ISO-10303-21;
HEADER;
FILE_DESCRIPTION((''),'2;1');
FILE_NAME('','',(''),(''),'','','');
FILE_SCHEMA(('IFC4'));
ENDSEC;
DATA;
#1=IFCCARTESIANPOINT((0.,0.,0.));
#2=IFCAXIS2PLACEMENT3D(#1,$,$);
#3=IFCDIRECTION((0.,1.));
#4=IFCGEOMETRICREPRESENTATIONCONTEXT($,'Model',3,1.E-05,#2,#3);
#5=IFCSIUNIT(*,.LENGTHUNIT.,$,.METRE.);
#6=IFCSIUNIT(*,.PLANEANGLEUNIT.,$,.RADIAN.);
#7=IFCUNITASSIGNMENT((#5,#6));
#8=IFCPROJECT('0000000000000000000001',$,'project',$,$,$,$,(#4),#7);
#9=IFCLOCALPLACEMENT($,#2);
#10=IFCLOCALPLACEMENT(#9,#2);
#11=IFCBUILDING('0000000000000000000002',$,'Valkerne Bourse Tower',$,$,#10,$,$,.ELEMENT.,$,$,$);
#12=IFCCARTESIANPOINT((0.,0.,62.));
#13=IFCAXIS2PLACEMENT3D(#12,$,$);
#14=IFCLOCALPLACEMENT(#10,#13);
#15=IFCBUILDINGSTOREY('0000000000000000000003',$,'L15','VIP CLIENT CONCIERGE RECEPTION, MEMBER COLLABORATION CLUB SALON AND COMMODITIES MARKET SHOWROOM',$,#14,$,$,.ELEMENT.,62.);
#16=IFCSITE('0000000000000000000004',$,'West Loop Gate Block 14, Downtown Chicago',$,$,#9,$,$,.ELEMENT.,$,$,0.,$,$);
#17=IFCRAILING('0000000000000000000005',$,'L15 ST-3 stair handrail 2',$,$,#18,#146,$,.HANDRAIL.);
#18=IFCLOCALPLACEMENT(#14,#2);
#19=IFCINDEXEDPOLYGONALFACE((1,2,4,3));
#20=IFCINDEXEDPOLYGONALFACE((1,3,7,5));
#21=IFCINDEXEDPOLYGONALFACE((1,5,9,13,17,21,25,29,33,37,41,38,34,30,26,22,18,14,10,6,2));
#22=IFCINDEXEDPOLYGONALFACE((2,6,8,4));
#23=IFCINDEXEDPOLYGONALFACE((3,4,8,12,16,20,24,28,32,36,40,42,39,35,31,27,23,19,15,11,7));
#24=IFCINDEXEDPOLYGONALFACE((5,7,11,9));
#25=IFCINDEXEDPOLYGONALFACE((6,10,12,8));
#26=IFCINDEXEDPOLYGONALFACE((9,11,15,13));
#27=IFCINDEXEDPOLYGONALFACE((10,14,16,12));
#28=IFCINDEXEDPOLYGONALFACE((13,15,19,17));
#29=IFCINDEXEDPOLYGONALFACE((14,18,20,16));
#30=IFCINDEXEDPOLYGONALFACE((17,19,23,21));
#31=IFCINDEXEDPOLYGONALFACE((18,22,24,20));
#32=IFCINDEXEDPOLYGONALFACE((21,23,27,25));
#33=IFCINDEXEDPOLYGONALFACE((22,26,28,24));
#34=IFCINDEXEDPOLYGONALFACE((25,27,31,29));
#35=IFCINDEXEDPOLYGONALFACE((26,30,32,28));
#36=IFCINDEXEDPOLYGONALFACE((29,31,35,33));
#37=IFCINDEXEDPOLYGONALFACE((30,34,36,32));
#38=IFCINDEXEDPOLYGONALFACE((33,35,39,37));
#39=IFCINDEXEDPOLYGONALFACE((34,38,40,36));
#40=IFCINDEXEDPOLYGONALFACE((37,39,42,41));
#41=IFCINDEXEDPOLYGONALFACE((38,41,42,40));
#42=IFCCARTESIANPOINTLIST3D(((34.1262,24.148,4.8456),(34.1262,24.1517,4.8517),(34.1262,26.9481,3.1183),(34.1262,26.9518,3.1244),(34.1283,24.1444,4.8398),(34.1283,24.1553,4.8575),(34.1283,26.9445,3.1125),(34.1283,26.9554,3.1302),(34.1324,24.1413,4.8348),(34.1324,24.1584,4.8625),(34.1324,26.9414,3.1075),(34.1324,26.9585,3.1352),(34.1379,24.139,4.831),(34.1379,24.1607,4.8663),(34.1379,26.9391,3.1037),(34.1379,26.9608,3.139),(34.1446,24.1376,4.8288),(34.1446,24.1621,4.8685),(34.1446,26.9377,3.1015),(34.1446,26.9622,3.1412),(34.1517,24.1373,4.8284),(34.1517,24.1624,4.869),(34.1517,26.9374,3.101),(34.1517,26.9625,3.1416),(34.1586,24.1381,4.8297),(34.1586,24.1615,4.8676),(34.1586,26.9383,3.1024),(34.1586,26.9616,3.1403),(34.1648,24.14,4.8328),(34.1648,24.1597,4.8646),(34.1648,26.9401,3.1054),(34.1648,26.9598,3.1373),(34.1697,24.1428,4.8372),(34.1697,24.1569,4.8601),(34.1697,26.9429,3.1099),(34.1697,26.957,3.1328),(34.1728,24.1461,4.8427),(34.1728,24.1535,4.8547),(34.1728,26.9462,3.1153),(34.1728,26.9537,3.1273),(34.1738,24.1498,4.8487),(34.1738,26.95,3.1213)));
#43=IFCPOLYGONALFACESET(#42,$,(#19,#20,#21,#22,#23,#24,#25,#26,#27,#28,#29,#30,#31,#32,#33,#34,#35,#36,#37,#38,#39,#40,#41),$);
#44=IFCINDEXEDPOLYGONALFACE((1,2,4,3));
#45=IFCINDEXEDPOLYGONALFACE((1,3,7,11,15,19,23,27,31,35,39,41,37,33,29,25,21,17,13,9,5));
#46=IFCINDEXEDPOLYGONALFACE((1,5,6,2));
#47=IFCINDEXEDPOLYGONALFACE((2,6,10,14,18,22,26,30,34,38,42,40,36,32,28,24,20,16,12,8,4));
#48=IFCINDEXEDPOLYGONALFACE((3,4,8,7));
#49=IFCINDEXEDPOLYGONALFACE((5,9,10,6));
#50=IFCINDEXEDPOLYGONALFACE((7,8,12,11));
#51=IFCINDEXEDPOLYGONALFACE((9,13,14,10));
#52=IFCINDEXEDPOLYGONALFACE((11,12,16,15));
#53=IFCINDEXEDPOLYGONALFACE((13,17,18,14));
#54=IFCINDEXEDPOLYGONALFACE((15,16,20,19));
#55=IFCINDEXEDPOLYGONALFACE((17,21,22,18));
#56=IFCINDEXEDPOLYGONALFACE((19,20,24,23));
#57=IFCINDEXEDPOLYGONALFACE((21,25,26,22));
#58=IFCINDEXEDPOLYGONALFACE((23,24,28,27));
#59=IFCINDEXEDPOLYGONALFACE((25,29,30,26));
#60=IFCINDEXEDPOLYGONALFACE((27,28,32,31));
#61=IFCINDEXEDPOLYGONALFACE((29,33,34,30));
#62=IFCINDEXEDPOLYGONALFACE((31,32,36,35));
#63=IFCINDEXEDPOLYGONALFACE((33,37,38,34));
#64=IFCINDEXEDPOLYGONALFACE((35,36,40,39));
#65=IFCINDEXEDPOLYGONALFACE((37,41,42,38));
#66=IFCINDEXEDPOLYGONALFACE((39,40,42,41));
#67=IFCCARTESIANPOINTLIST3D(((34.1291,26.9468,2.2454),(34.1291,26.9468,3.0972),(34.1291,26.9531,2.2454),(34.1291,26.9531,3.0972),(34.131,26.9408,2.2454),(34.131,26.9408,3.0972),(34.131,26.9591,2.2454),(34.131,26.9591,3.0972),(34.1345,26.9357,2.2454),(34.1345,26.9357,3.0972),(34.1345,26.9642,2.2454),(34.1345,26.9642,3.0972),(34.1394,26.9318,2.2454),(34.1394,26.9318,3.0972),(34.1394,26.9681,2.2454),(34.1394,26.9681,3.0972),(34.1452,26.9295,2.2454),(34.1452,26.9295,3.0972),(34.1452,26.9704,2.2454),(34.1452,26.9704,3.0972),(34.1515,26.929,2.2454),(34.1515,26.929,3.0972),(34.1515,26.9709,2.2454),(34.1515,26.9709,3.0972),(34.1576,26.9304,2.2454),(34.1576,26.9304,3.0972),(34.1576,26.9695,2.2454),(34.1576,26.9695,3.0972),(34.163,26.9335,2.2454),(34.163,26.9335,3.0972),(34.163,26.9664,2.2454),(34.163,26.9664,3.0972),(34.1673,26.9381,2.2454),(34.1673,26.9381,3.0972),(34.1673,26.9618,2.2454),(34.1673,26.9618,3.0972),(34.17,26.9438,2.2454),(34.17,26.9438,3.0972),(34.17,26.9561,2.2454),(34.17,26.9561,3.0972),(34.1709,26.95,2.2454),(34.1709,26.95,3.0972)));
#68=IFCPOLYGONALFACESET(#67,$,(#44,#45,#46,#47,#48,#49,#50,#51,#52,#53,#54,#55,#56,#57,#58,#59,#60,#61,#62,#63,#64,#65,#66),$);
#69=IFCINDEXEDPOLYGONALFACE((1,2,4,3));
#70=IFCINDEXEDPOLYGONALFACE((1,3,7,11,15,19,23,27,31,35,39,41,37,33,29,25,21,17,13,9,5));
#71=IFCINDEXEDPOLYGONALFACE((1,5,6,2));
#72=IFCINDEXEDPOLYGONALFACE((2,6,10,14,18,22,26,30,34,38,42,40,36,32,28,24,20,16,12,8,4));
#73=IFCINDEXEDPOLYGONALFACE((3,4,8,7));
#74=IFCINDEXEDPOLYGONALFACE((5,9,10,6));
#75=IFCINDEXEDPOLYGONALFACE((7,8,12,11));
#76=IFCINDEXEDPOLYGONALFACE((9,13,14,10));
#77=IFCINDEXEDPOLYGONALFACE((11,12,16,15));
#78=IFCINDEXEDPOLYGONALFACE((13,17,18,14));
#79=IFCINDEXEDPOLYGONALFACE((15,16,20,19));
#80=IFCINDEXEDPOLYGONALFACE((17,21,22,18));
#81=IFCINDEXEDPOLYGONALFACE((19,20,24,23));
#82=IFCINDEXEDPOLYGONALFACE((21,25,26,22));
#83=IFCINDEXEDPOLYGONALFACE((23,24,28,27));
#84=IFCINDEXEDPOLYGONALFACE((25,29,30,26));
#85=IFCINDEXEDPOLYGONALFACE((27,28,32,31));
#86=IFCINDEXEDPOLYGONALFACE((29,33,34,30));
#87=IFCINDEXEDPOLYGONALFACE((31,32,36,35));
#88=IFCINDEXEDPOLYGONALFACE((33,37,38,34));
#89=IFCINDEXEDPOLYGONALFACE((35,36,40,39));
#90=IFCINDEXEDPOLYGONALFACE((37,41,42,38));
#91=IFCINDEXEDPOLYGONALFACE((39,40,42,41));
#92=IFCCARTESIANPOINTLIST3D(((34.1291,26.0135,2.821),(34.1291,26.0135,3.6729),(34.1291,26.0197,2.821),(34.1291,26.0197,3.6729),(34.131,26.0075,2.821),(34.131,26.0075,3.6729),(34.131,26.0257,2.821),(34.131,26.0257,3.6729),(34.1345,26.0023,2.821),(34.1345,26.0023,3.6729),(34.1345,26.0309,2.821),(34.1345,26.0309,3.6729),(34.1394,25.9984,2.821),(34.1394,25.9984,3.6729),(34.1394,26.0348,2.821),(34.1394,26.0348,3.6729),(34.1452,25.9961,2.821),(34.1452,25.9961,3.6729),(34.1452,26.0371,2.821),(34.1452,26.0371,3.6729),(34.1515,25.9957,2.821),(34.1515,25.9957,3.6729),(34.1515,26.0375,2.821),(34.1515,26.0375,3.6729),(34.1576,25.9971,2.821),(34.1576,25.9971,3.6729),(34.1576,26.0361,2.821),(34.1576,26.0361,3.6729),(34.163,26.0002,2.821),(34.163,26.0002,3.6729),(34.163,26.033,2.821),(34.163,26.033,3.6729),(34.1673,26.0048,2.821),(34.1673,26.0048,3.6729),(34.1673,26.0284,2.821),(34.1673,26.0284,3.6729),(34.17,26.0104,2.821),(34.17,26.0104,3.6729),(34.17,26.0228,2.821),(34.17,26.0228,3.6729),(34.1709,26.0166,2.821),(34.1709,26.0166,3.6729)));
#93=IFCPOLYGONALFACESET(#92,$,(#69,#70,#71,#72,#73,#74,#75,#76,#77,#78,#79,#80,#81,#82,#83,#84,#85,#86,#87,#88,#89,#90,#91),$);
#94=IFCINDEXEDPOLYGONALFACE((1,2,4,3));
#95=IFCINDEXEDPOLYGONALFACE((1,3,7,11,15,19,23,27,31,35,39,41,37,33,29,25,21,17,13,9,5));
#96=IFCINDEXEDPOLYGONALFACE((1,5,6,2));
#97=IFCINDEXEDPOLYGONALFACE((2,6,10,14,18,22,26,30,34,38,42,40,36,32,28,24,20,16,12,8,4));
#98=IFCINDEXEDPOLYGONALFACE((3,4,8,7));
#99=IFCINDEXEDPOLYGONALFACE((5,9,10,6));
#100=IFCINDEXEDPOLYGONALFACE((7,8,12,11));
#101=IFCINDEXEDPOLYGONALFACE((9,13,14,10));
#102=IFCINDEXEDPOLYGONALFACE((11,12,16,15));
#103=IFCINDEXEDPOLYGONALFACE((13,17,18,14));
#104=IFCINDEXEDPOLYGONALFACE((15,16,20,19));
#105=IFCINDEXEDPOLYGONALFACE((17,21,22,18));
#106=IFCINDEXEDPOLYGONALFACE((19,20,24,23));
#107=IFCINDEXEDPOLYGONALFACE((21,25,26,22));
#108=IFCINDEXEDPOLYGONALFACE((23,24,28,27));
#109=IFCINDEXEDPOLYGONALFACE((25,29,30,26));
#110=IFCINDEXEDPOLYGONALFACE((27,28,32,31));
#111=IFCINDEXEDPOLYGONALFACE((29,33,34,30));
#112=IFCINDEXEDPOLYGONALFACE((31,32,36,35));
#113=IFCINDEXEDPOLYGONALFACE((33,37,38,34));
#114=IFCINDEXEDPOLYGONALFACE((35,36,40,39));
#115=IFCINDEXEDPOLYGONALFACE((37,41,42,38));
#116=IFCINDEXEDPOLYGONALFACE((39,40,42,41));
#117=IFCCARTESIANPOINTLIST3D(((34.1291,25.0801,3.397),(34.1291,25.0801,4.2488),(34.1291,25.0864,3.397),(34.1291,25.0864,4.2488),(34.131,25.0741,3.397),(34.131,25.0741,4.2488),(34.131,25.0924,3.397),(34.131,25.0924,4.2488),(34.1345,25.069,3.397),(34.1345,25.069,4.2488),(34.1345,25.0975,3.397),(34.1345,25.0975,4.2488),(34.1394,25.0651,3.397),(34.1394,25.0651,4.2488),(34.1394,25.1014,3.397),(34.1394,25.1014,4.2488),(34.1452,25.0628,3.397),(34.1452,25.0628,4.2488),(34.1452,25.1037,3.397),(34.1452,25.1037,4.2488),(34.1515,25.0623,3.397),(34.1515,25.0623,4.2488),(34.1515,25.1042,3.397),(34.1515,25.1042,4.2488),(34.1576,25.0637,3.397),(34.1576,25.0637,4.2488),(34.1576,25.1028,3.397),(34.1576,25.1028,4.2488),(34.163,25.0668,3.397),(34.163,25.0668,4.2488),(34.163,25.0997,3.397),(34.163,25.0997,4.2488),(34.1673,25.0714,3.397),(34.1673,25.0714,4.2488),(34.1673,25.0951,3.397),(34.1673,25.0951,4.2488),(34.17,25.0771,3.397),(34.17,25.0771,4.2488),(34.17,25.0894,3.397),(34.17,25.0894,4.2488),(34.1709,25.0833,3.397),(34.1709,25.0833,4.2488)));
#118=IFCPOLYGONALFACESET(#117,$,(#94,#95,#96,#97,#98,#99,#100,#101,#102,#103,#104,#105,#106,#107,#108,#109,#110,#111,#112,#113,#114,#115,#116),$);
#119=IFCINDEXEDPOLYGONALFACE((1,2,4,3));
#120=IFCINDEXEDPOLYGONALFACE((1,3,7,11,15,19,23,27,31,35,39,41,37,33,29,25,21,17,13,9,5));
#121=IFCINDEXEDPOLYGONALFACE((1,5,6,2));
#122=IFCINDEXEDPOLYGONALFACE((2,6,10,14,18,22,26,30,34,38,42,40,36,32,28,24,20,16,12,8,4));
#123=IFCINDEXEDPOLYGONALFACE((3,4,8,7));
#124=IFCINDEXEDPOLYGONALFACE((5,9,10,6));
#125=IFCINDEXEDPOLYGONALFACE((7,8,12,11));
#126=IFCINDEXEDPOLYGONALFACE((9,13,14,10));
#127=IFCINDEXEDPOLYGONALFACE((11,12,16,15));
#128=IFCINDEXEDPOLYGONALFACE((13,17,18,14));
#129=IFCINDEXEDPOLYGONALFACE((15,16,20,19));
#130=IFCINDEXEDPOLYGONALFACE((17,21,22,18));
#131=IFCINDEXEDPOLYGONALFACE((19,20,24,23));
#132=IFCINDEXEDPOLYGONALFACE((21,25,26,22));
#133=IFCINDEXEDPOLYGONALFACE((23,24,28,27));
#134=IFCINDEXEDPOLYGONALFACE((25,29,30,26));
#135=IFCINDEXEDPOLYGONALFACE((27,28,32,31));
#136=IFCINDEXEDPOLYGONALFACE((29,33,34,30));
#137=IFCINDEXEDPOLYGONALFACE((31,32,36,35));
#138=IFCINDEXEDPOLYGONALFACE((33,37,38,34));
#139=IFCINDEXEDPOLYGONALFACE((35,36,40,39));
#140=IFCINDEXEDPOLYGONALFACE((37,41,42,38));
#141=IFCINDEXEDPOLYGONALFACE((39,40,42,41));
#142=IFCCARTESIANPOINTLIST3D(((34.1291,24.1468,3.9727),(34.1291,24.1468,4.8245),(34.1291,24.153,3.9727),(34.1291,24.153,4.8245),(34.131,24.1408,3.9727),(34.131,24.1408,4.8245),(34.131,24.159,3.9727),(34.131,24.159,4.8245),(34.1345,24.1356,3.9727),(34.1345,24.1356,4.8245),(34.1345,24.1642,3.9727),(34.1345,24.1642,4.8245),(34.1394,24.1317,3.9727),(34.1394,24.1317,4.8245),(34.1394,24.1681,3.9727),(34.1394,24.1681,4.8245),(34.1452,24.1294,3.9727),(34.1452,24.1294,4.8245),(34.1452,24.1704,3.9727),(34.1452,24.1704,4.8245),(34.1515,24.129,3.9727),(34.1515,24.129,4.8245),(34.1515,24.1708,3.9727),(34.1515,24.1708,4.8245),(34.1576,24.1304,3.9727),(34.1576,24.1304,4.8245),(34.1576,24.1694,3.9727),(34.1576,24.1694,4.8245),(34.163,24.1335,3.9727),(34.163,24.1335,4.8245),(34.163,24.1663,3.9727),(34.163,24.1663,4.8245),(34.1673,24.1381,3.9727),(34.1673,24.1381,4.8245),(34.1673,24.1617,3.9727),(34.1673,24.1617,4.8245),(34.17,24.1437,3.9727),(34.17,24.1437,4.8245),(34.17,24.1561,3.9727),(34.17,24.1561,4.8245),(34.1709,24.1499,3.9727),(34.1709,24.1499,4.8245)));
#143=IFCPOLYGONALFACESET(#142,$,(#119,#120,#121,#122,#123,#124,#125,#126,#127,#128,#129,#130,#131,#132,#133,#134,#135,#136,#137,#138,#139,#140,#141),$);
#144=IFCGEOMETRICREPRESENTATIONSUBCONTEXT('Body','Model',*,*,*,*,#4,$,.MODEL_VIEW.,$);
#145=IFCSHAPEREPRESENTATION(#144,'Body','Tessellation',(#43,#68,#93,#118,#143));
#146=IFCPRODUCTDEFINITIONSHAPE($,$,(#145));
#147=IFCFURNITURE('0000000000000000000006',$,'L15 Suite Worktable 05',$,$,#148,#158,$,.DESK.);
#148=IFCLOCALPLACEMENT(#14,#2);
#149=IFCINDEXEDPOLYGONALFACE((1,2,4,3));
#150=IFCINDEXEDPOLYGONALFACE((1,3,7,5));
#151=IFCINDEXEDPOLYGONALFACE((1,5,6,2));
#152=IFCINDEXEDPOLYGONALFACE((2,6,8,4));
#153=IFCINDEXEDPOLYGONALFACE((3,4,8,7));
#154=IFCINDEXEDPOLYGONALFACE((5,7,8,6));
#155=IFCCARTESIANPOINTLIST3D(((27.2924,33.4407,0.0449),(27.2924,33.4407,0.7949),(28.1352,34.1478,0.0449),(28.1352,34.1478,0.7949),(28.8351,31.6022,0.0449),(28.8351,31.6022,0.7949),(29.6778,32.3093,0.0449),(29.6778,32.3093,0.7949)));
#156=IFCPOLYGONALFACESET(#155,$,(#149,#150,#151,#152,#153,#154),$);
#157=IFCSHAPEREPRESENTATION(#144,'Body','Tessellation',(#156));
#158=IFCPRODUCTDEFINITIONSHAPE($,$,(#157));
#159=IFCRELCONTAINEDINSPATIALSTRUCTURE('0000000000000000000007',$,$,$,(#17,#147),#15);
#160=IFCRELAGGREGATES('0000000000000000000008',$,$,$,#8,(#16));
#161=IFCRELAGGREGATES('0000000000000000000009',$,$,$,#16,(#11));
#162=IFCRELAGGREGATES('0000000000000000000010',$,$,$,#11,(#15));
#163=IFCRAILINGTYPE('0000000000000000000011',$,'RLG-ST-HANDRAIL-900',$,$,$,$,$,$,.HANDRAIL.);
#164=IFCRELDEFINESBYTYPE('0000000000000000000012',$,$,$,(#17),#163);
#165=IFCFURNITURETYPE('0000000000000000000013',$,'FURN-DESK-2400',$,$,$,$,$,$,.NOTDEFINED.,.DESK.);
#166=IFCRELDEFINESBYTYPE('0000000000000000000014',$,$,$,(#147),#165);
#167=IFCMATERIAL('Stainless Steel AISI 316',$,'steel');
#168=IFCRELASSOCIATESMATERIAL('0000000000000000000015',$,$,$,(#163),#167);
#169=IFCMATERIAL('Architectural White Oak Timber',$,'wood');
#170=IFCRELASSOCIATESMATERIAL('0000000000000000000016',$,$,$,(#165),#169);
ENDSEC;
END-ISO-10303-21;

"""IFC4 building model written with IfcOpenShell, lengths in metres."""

from ifc_helpers import new_model, si_unit, direction, frame, origin, origin_2d, place, context, subcontext, project, spatial, rectangle, circle, extrude, material, type_object, element, save


model = new_model("IFC4")

# Units and contexts
model_context = context("Model", 3, precision=1e-05, world=origin(), true_north=direction((0.0, 1.0)))
body_context = subcontext(model_context, "Body", "Model", "MODEL_VIEW")
ifc_project = project(units=[si_unit("LENGTHUNIT", "METRE"), si_unit("PLANEANGLEUNIT", "RADIAN")], contexts=[model_context])

# Site, building, storey
site_placement = place(None, origin())
site = spatial("IfcSite", under=ifc_project, at=site_placement, Name="West Loop Gate Block 14, Downtown Chicago", CompositionType="ELEMENT", RefElevation=0.0)
building_placement = place(site_placement, origin())
building = spatial("IfcBuilding", under=site, at=building_placement, Name="Valkerne Bourse Tower", CompositionType="ELEMENT")
storey_placement = place(building_placement, frame((0.0, 0.0, 62.0)))
storey = spatial("IfcBuildingStorey", under=building, at=storey_placement, Name="L15", Description="VIP CLIENT CONCIERGE RECEPTION, MEMBER COLLABORATION CLUB SALON AND COMMODITIES MARKET SHOWROOM", CompositionType="ELEMENT", Elevation=62.0)

# Shared definitions
ifc_material_1 = material(Name="Architectural White Oak Timber", Category="wood")

# Railing
ifc_material_2 = material(Name="Stainless Steel AISI 316", Category="steel")
railing_type_1 = type_object("IfcRailingType", Name="RLG-ST-HANDRAIL-900", PredefinedType="HANDRAIL", material=ifc_material_2)
railing_1_placement = place(storey_placement, frame((34.1499, 26.95, 2.2454)))
element("IfcRailing", 1, at=railing_1_placement, inside=storey, type_object=railing_type_1, Name="L15 ST-3 stair handrail 2", PredefinedType="HANDRAIL", context=body_context, shape_type="SweptSolid", body=[
    extrude(circle(Radius=0.0239, at=origin_2d()), frame((0.0, 0.0, 0.876), z_axis=(0.0, -0.85109, 0.52502), x_axis=(1.0, 0.0, 0.0)), (0.0, 0.0, 1.0), 3.29),
    extrude(circle(Radius=0.021, at=origin_2d()), origin(), (0.0, 0.0, 1.0), 0.8518),
    extrude(circle(Radius=0.021, at=origin_2d()), frame((0.0, -0.9333, 0.5757)), (0.0, 0.0, 1.0), 0.8518),
    extrude(circle(Radius=0.021, at=origin_2d()), frame((0.0, -1.8667, 1.1516)), (0.0, 0.0, 1.0), 0.8518),
    extrude(circle(Radius=0.021, at=origin_2d()), frame((0.0, -2.8, 1.7273)), (0.0, 0.0, 1.0), 0.8518),
])

# Furniture
furniture_type = type_object("IfcFurnitureType", Name="FURN-DESK-2400", AssemblyPlace="NOTDEFINED", PredefinedType="DESK", material=ifc_material_1)
furniture_placement = place(storey_placement, frame((28.4851, 32.875, 0.0449), z_axis=(0.0, 0.0, 1.0), x_axis=(-0.642788, 0.766044, 0.0)))
element("IfcFurniture", 2, at=furniture_placement, inside=storey, type_object=furniture_type, Name="L15 Suite Worktable 05", PredefinedType="DESK", context=body_context, shape_type="SweptSolid", body=[
    extrude(rectangle(XDim=2.3999, YDim=1.1001, at=origin_2d()), origin(), (0.0, 0.0, 1.0), 0.75),
])

save(model, "model.ifc")
